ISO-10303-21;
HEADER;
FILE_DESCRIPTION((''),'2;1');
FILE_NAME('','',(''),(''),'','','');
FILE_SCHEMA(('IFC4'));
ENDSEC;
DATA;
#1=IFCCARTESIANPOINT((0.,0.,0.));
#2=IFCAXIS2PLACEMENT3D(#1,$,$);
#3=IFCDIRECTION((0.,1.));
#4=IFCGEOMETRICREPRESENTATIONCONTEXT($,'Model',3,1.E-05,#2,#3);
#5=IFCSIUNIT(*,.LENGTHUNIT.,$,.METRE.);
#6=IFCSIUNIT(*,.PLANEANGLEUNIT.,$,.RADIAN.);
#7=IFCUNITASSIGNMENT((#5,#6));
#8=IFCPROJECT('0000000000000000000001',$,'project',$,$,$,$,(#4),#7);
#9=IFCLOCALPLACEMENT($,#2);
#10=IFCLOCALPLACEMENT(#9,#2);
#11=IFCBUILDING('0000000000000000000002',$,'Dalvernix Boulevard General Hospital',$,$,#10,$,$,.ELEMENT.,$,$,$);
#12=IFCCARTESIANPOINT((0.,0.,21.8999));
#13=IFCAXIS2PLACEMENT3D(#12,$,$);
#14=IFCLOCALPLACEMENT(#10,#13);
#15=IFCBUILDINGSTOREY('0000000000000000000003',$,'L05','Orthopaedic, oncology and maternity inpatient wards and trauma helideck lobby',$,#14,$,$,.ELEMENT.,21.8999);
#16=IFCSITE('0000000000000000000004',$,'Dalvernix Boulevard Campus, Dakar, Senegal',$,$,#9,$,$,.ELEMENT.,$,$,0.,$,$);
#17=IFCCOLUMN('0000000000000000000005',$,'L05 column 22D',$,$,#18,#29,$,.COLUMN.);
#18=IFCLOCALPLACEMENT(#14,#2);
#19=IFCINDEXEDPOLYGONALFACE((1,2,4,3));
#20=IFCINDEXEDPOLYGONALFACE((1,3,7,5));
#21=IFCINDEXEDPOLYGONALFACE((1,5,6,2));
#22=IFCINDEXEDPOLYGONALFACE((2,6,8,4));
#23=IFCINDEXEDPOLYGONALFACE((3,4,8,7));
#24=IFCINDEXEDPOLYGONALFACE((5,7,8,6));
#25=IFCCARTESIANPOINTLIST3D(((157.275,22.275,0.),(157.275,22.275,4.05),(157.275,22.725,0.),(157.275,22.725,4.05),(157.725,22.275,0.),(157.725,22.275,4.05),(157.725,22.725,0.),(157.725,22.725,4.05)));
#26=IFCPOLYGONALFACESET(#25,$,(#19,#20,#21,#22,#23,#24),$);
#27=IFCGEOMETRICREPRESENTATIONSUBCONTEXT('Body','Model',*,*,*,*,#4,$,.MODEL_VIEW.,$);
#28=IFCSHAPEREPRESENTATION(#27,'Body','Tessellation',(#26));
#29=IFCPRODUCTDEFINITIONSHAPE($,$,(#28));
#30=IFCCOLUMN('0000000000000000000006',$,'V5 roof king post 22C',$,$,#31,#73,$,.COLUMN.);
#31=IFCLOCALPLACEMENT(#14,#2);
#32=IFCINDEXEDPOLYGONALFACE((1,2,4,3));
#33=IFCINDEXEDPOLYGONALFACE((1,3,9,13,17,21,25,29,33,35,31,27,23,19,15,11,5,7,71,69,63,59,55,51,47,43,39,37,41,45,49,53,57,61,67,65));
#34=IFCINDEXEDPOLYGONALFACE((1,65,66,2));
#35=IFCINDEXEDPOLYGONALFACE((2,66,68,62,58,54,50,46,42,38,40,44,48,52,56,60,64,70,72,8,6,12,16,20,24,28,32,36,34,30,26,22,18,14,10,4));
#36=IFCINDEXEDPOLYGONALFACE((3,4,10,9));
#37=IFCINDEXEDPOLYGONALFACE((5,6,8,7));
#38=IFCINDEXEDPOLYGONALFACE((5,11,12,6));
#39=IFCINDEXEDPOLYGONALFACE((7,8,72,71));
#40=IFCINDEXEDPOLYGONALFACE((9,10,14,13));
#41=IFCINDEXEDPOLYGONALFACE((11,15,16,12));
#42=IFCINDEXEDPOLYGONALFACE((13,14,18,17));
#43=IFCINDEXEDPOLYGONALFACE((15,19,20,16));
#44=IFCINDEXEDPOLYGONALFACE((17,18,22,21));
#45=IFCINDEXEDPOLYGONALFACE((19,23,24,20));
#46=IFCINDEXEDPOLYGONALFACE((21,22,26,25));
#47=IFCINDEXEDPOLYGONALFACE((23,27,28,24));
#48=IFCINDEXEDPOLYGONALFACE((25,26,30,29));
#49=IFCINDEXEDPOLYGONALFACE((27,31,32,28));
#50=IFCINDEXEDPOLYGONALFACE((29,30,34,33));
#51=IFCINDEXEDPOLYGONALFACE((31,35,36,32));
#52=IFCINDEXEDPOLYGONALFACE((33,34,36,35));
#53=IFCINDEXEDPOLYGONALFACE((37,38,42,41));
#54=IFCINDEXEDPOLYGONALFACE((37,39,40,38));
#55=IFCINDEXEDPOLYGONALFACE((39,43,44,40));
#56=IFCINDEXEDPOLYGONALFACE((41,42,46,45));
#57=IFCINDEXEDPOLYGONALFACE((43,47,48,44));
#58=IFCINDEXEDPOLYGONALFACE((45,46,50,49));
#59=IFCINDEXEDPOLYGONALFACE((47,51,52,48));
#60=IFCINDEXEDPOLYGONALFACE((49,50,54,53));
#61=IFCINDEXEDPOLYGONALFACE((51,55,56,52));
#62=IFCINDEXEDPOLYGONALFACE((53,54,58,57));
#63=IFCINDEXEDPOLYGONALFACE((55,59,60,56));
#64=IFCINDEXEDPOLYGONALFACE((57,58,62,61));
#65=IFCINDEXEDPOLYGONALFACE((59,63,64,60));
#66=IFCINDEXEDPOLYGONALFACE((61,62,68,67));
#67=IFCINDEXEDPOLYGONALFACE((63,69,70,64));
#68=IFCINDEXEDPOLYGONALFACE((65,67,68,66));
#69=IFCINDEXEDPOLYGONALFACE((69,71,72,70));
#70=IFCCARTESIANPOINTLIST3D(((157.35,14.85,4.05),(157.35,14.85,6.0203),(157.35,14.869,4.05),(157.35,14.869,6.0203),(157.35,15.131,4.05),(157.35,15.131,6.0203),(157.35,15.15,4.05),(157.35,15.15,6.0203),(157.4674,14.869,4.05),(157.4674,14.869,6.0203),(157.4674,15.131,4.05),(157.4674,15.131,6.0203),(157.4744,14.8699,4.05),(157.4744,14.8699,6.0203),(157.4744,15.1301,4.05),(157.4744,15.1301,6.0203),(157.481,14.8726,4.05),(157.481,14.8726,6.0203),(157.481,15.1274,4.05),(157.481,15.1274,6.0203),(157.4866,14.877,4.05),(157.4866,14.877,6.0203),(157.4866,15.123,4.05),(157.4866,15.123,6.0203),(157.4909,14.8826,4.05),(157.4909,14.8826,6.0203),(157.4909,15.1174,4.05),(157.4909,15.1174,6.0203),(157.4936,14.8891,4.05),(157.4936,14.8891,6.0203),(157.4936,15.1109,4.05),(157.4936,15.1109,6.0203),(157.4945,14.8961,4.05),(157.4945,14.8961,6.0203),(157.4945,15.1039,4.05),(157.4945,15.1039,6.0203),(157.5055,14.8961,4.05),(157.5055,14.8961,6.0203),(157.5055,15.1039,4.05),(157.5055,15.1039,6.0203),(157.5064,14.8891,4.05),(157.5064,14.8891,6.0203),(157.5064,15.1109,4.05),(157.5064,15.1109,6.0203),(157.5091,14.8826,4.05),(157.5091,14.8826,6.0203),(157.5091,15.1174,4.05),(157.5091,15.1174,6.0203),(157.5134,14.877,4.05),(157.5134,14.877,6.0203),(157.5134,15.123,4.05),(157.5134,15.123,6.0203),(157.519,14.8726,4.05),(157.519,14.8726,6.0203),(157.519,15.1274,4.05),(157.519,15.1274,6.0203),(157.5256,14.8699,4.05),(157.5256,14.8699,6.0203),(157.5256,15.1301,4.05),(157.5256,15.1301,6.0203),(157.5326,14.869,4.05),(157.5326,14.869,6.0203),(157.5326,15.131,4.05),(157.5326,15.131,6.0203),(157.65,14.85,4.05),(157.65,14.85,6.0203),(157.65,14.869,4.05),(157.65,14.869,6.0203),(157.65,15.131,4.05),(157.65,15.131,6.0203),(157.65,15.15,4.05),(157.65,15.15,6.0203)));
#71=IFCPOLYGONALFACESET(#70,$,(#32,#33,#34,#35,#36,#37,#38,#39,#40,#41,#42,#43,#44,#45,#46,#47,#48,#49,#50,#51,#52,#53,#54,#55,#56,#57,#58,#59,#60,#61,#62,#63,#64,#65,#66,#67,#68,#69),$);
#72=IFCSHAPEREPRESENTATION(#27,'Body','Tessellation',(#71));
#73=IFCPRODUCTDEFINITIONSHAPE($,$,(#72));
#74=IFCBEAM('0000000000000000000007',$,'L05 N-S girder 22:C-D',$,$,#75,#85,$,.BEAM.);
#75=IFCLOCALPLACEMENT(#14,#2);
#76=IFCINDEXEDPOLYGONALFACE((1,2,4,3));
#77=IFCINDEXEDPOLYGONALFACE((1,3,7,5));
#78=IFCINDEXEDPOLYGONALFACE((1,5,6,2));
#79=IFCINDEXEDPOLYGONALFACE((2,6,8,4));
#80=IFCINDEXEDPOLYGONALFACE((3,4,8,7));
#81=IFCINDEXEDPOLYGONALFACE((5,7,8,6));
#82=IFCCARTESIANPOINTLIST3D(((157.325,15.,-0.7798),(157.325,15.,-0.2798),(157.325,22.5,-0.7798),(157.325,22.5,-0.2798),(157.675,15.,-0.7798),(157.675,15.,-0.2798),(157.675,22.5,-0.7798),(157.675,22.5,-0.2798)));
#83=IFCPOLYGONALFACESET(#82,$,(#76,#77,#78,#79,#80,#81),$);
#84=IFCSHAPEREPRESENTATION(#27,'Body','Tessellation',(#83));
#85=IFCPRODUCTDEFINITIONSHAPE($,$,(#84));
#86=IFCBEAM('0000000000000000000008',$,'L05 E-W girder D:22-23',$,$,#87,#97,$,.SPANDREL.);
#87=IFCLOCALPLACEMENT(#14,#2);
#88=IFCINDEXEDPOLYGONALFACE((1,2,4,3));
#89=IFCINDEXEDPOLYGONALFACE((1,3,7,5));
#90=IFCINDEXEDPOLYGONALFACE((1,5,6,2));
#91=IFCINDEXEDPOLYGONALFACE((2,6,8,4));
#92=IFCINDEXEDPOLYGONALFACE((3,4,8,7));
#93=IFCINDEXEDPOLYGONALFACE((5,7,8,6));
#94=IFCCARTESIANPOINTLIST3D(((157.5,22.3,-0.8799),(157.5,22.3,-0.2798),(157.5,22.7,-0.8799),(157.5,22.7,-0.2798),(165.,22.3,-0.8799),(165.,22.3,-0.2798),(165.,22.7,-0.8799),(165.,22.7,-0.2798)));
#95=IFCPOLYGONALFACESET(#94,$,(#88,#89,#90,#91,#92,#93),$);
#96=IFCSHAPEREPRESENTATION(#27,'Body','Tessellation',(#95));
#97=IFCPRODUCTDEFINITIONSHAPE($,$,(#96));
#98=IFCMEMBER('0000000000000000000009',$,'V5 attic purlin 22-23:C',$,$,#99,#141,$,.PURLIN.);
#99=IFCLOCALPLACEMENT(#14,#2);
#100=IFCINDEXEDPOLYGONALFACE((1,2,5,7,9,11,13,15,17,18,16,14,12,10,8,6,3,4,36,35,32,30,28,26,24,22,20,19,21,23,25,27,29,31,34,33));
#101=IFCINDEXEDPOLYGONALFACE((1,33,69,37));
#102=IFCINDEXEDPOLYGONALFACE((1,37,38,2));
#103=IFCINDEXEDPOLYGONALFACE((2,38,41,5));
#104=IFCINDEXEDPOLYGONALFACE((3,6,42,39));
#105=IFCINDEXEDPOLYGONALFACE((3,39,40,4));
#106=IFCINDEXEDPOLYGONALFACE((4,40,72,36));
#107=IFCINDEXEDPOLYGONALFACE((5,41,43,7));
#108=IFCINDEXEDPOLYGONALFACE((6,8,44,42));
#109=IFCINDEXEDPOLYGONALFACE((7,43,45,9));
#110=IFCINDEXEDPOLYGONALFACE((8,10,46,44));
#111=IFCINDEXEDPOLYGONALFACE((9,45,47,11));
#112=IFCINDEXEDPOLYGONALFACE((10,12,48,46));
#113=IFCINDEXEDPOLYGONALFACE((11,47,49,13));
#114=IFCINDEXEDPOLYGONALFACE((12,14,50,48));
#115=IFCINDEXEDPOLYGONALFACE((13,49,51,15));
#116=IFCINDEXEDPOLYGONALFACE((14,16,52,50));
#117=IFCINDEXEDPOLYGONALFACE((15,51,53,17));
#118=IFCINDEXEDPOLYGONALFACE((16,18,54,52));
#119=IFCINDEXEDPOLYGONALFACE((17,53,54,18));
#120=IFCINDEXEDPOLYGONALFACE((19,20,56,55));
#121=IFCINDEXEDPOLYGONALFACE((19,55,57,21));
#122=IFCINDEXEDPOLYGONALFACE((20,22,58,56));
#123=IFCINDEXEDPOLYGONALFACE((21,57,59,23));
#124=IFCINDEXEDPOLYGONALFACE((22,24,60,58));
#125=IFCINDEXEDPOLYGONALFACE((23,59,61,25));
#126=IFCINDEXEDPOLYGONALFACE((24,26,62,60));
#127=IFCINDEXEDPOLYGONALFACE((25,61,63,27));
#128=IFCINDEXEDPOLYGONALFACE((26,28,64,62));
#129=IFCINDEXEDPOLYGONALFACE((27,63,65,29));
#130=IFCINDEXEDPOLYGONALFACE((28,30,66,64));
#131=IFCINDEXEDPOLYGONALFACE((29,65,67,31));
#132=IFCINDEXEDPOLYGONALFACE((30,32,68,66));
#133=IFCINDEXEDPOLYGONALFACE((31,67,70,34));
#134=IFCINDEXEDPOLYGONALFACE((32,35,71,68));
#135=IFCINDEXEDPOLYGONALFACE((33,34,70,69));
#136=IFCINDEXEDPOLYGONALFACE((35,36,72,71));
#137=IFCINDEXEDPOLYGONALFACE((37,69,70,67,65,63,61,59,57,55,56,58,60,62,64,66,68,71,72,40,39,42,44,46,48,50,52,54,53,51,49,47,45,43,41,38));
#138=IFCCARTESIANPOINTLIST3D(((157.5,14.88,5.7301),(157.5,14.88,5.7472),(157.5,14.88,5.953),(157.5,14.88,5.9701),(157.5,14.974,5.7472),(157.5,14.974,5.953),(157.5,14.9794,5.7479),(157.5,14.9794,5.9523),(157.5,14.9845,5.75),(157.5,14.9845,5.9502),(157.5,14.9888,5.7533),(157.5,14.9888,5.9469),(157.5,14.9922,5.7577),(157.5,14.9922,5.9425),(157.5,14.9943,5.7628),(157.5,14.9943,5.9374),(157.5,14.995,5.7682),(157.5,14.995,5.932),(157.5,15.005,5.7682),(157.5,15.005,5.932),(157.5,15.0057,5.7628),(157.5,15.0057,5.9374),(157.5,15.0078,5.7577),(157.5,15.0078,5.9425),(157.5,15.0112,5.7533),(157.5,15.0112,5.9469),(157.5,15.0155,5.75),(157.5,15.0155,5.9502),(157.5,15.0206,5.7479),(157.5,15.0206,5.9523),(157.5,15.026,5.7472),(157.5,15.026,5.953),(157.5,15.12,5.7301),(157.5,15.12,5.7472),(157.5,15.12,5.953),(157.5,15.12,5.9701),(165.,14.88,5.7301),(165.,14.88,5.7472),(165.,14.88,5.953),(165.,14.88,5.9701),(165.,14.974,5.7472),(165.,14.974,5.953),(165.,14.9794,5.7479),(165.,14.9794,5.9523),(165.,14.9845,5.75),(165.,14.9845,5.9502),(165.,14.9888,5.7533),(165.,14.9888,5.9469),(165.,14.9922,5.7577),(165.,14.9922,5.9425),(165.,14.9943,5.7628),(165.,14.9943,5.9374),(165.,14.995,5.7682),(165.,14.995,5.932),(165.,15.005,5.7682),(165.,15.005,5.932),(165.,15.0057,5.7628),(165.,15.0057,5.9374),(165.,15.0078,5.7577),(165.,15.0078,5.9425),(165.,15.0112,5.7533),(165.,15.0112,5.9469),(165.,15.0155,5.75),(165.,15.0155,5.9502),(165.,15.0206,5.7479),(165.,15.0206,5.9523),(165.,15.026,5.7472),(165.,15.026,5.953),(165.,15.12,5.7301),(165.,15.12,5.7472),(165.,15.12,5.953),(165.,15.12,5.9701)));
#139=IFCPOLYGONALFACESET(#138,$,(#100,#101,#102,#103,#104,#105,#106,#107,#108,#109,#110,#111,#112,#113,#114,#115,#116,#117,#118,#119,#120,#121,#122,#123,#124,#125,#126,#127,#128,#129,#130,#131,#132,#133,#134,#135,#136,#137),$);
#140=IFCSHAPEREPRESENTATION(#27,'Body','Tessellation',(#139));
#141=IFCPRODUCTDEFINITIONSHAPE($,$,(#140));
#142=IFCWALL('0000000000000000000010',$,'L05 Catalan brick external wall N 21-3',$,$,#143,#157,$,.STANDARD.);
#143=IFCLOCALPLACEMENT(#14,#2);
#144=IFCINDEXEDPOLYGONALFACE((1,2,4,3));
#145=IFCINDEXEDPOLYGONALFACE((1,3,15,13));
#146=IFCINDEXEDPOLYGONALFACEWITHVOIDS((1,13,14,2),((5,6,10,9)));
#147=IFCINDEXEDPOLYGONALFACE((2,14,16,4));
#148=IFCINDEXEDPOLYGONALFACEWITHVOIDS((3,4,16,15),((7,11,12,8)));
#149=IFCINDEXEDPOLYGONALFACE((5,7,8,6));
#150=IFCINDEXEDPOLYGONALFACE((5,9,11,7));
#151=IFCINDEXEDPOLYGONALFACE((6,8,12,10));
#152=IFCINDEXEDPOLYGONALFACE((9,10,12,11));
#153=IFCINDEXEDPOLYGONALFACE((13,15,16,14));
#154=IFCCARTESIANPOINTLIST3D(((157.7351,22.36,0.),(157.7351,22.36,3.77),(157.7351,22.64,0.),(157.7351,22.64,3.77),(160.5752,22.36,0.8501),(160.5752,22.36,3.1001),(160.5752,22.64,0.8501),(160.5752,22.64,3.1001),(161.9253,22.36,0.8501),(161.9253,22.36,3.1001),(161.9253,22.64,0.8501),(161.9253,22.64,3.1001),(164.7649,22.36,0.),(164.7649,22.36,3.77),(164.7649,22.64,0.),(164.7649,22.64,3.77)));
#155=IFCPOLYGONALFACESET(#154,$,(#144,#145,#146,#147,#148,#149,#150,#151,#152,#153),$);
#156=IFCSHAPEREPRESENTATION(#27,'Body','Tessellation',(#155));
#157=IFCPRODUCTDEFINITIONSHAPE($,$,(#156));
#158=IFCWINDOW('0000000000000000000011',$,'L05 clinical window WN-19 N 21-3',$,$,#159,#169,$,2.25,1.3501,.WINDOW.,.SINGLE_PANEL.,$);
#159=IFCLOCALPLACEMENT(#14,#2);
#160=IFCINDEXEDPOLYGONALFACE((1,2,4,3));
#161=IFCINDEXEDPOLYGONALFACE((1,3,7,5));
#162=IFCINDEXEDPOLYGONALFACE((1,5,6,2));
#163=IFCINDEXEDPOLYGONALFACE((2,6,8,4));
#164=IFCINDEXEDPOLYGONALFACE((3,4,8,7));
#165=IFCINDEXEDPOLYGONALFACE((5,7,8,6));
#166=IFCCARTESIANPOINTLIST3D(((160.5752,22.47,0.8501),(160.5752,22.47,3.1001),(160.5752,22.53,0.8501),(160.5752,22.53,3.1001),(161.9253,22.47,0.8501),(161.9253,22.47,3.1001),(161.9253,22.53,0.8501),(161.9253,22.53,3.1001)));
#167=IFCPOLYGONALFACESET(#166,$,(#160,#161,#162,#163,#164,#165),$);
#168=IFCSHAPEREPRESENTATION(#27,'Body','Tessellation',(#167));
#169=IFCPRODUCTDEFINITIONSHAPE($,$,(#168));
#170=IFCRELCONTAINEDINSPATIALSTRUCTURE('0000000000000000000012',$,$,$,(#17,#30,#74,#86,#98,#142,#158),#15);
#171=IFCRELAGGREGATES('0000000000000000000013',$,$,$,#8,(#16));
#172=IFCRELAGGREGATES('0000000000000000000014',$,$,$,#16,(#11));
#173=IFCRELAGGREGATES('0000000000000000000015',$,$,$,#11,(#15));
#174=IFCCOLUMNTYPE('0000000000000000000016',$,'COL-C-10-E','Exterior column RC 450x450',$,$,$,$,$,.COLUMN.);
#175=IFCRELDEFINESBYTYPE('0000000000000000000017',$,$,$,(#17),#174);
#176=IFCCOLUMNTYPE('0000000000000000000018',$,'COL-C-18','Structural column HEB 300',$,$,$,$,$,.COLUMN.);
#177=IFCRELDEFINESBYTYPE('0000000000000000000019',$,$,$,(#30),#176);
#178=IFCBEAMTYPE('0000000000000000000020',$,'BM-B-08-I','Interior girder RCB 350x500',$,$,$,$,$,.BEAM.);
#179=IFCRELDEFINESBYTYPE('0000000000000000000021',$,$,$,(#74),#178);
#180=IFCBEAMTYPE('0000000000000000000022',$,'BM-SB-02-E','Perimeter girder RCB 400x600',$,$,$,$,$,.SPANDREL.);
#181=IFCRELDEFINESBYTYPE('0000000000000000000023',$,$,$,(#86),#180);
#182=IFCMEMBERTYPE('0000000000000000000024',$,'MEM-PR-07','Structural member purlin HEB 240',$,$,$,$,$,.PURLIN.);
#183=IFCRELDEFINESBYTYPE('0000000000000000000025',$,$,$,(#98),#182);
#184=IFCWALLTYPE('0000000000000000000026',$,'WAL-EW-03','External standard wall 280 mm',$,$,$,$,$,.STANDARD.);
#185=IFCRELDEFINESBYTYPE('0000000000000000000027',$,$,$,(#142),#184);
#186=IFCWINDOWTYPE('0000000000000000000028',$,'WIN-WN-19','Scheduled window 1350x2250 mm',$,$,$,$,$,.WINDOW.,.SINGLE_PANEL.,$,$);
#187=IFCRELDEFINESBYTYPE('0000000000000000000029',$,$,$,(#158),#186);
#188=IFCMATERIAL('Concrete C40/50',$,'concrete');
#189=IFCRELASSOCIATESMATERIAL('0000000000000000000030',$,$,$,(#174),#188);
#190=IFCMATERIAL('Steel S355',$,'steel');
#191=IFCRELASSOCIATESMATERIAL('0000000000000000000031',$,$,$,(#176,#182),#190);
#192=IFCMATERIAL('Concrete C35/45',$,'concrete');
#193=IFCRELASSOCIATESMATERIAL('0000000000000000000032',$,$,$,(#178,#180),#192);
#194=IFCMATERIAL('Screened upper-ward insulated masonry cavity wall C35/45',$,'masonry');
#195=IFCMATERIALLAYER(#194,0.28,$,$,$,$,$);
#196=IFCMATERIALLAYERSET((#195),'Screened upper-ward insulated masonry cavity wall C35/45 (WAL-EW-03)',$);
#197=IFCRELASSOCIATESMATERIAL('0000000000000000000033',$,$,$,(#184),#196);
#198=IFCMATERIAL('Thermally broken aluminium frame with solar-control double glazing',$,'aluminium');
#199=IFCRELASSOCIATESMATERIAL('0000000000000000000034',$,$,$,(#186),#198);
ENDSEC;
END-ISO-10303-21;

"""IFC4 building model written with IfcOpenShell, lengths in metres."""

from ifc_helpers import new_model, si_unit, direction, frame, frame_2d, origin, origin_2d, place, context, subcontext, project, spatial, rectangle, i_section, extrude, material, layer, layer_set, material_profile, profile_set, type_object, element, fill, save


model = new_model("IFC4")

# Units and contexts
model_context = context("Model", 3, precision=1e-05, world=origin(), true_north=direction((0.0, 1.0)))
body_context = subcontext(model_context, "Body", "Model", "MODEL_VIEW")
ifc_project = project(units=[si_unit("LENGTHUNIT", "METRE"), si_unit("PLANEANGLEUNIT", "RADIAN")], contexts=[model_context])

# Site, building, storey
site_placement = place(None, origin())
site = spatial("IfcSite", under=ifc_project, at=site_placement, Name="Dalvernix Boulevard Campus, Dakar, Senegal", CompositionType="ELEMENT", RefElevation=0.0)
building_placement = place(site_placement, origin())
building = spatial("IfcBuilding", under=site, at=building_placement, Name="Dalvernix Boulevard General Hospital", CompositionType="ELEMENT")
storey_placement = place(building_placement, frame((0.0, 0.0, 21.8999)))
storey = spatial("IfcBuildingStorey", under=building, at=storey_placement, Name="L05", Description="Orthopaedic, oncology and maternity inpatient wards and trauma helideck lobby", CompositionType="ELEMENT", Elevation=21.8999)

# Columns
ifc_material_1 = material(Name="Concrete C40/50", Category="concrete")
ifc_material_profile_1 = material_profile(ifc_material_1, rectangle(XDim=0.45, YDim=0.45, at=origin_2d()), Name="RC 450x450")
ifc_profile_set_1 = profile_set([ifc_material_profile_1], Name="Concrete C40/50")
column_type_1 = type_object("IfcColumnType", Name="COL-C-10-E", Description="Exterior column RC 450x450", PredefinedType="COLUMN", material=ifc_profile_set_1)
column_1_placement = place(storey_placement, frame((157.5, 22.5, 0.0), z_axis=(0.0, 0.0, 1.0), x_axis=(1.0, 0.0, 0.0)))
element("IfcColumn", 1, at=column_1_placement, inside=storey, type_object=column_type_1, Name="L05 column 22D", PredefinedType="COLUMN", context=body_context, shape_type="SweptSolid", body=[
    extrude(rectangle(XDim=0.45, YDim=0.45, at=origin_2d()), origin(), (0.0, 0.0, 1.0), 4.05),
])
ifc_material_2 = material(Name="Steel S355", Category="steel")
ifc_material_profile_2 = material_profile(ifc_material_2, i_section(OverallWidth=0.3, OverallDepth=0.3, WebThickness=0.011, FlangeThickness=0.019, FilletRadius=0.0271, at=origin_2d()), Name="HEB 300")
ifc_profile_set_2 = profile_set([ifc_material_profile_2], Name="Steel S355")
column_type_2 = type_object("IfcColumnType", Name="COL-C-18", Description="Structural column HEB 300", PredefinedType="COLUMN", material=ifc_profile_set_2)
column_2_placement = place(storey_placement, frame((157.5, 15.0, 4.05), z_axis=(0.0, 0.0, 1.0), x_axis=(1.0, 0.0, 0.0)))
element("IfcColumn", 2, at=column_2_placement, inside=storey, type_object=column_type_2, Name="V5 roof king post 22C", PredefinedType="COLUMN", context=body_context, shape_type="SweptSolid", body=[
    extrude(i_section(OverallWidth=0.3, OverallDepth=0.3, WebThickness=0.011, FlangeThickness=0.019, FilletRadius=0.0271, at=origin_2d()), origin(), (0.0, 0.0, 1.0), 1.9702),
])

# Beams
ifc_material_3 = material(Name="Concrete C35/45", Category="concrete")
ifc_material_profile_3 = material_profile(ifc_material_3, rectangle(XDim=0.3501, YDim=0.5, at=origin_2d()), Name="RCB 350x500")
ifc_profile_set_3 = profile_set([ifc_material_profile_3], Name="Concrete C35/45")
beam_type_1 = type_object("IfcBeamType", Name="BM-B-08-I", Description="Interior girder RCB 350x500", PredefinedType="BEAM", material=ifc_profile_set_3)
beam_1_placement = place(storey_placement, frame((157.5, 15.0, -0.5298), z_axis=(0.0, 1.0, 0.0), x_axis=(-1.0, 0.0, 0.0)))
element("IfcBeam", 3, at=beam_1_placement, inside=storey, type_object=beam_type_1, Name="L05 N-S girder 22:C-D", PredefinedType="BEAM", context=body_context, shape_type="SweptSolid", body=[
    extrude(rectangle(XDim=0.3501, YDim=0.5, at=origin_2d()), origin(), (0.0, 0.0, 1.0), 7.5),
])
ifc_material_profile_4 = material_profile(ifc_material_3, rectangle(XDim=0.3999, YDim=0.6001, at=origin_2d()), Name="RCB 400x600")
ifc_profile_set_4 = profile_set([ifc_material_profile_4], Name="Concrete C35/45")
beam_type_2 = type_object("IfcBeamType", Name="BM-SB-02-E", Description="Perimeter girder RCB 400x600", PredefinedType="SPANDREL", material=ifc_profile_set_4)
beam_2_placement = place(storey_placement, frame((157.5, 22.5, -0.5798), z_axis=(1.0, 0.0, 0.0), x_axis=(0.0, 1.0, 0.0)))
element("IfcBeam", 4, at=beam_2_placement, inside=storey, type_object=beam_type_2, Name="L05 E-W girder D:22-23", PredefinedType="SPANDREL", context=body_context, shape_type="SweptSolid", body=[
    extrude(rectangle(XDim=0.3999, YDim=0.6001, at=origin_2d()), origin(), (0.0, 0.0, 1.0), 7.5),
])

# Member
ifc_material_profile_5 = material_profile(ifc_material_2, i_section(OverallWidth=0.24, OverallDepth=0.24, WebThickness=0.01, FlangeThickness=0.0171, FilletRadius=0.021, at=origin_2d()), Name="HEB 240")
ifc_profile_set_5 = profile_set([ifc_material_profile_5], Name="Steel S355")
member_type = type_object("IfcMemberType", Name="MEM-PR-07", Description="Structural member purlin HEB 240", PredefinedType="PURLIN", material=ifc_profile_set_5)
member_placement = place(storey_placement, frame((157.5, 15.0, 5.8501), z_axis=(1.0, 0.0, 0.0), x_axis=(0.0, 1.0, 0.0)))
element("IfcMember", 5, at=member_placement, inside=storey, type_object=member_type, Name="V5 attic purlin 22-23:C", PredefinedType="PURLIN", context=body_context, shape_type="SweptSolid", body=[
    extrude(i_section(OverallWidth=0.24, OverallDepth=0.24, WebThickness=0.01, FlangeThickness=0.0171, FilletRadius=0.021, at=origin_2d()), origin(), (0.0, 0.0, 1.0), 7.5),
])

# Wall, opening, window
ifc_material_4 = material(Name="Screened upper-ward insulated masonry cavity wall C35/45", Category="masonry")
ifc_layer_1 = layer(ifc_material_4, 0.28)
ifc_layer_set_1 = layer_set([ifc_layer_1], Name="Screened upper-ward insulated masonry cavity wall C35/45 (WAL-EW-03)")
wall_type = type_object("IfcWallType", Name="WAL-EW-03", Description="External standard wall 280 mm", PredefinedType="STANDARD", material=ifc_layer_set_1)
wall_placement = place(storey_placement, frame((157.7351, 22.5, 0.0), z_axis=(0.0, 0.0, 1.0), x_axis=(1.0, 0.0, 0.0)))
wall = element("IfcWall", 6, at=wall_placement, inside=storey, type_object=wall_type, Name="L05 Catalan brick external wall N 21-3", PredefinedType="STANDARD", context=body_context, shape_type="SweptSolid", body=[
    extrude(rectangle(XDim=7.0298, YDim=0.28, at=frame_2d((3.5149, 0.0))), origin(), (0.0, 0.0, 1.0), 3.77),
])
opening_placement = place(wall_placement, frame((2.8401, 0.0, 0.8501)))
opening = element("IfcOpeningElement", 7, at=opening_placement, cuts=wall, PredefinedType="OPENING", context=body_context, shape_type="SweptSolid", body=[
    extrude(rectangle(XDim=1.3501, YDim=2.25, at=frame_2d((0.675, 1.125))), frame((0.0, 0.1499, 0.0), z_axis=(0.0, -1.0, 0.0), x_axis=(1.0, 0.0, 0.0)), (0.0, 0.0, 1.0), 0.3),
])
ifc_material_5 = material(Name="Thermally broken aluminium frame with solar-control double glazing", Category="aluminium")
window_type = type_object("IfcWindowType", Name="WIN-WN-19", Description="Scheduled window 1350x2250 mm", PartitioningType="SINGLE_PANEL", PredefinedType="WINDOW", material=ifc_material_5)
window_placement = place(opening_placement, origin())
window = element("IfcWindow", 8, at=window_placement, inside=storey, type_object=window_type, Name="L05 clinical window WN-19 N 21-3", OverallHeight=2.25, OverallWidth=1.3501, PartitioningType="SINGLE_PANEL", PredefinedType="WINDOW", context=body_context, shape_type="SweptSolid", body=[
    extrude(rectangle(XDim=1.3501, YDim=2.25, at=frame_2d((0.675, 1.125))), frame((0.0, 0.03, 0.0), z_axis=(0.0, -1.0, 0.0), x_axis=(1.0, 0.0, 0.0)), (0.0, 0.0, 1.0), 0.0601),
])
fill(opening, window)

save(model, "model.ifc")
